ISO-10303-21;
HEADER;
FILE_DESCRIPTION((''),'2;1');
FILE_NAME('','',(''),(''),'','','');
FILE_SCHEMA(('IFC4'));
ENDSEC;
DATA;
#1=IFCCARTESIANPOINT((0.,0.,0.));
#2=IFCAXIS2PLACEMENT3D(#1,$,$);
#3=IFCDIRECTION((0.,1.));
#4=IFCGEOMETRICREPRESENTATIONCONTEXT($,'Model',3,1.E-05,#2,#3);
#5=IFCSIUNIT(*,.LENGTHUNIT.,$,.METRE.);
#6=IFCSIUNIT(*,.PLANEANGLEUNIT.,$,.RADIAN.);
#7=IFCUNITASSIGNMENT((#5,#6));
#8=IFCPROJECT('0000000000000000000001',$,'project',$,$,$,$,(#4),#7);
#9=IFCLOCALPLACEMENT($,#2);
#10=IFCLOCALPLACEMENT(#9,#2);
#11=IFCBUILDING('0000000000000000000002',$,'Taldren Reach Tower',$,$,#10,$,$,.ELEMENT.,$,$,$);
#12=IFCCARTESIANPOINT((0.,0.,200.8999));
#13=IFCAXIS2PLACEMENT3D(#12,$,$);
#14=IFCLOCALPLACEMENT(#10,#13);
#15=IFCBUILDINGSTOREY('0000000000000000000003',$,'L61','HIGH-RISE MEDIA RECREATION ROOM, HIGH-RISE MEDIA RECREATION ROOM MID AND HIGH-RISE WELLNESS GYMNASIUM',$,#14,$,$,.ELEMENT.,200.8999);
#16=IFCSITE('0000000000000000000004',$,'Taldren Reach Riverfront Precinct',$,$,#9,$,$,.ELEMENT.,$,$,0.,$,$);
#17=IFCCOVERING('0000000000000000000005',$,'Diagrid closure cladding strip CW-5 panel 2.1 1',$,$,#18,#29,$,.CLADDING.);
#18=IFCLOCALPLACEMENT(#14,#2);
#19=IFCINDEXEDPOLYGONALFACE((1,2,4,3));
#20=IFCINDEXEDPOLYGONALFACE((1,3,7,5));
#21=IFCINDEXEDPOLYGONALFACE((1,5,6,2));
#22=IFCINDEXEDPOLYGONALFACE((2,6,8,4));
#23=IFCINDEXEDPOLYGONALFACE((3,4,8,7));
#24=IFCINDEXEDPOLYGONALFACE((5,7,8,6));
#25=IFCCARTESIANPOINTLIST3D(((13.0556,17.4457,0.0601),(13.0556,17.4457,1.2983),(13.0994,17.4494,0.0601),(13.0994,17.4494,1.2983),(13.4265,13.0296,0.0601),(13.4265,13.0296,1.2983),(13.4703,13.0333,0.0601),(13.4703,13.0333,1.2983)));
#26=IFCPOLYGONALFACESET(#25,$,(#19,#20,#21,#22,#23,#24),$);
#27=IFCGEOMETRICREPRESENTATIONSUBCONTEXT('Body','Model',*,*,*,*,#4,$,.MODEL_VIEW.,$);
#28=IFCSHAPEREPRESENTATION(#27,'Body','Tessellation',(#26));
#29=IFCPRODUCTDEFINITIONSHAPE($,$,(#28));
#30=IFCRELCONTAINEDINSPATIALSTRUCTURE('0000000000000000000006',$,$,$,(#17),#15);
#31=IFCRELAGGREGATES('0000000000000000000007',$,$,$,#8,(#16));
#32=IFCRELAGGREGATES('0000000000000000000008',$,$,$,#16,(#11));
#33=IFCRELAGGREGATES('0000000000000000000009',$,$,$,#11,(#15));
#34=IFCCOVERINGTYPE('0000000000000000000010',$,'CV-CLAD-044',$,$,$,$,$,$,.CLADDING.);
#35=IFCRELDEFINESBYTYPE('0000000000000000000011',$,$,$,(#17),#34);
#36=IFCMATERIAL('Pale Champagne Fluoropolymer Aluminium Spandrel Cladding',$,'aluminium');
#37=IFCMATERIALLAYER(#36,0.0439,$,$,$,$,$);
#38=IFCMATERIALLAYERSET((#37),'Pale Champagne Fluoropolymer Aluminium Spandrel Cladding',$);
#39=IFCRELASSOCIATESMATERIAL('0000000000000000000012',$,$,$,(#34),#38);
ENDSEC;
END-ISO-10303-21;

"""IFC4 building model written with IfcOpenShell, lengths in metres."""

from ifc_helpers import new_model, si_unit, direction, frame, origin, origin_2d, place, context, subcontext, project, spatial, rectangle, extrude, source, transform, mapped, material, layer, layer_set, type_object, element, save


model = new_model("IFC4")

# Units and contexts
model_context = context("Model", 3, precision=1e-05, world=origin(), true_north=direction((0.0, 1.0)))
body_context = subcontext(model_context, "Body", "Model", "MODEL_VIEW")
ifc_project = project(units=[si_unit("LENGTHUNIT", "METRE"), si_unit("PLANEANGLEUNIT", "RADIAN")], contexts=[model_context])

# Site, building, storey
site_placement = place(None, origin())
site = spatial("IfcSite", under=ifc_project, at=site_placement, Name="Taldren Reach Riverfront Precinct", CompositionType="ELEMENT", RefElevation=0.0)
building_placement = place(site_placement, origin())
building = spatial("IfcBuilding", under=site, at=building_placement, Name="Taldren Reach Tower", CompositionType="ELEMENT")
storey_placement = place(building_placement, frame((0.0, 0.0, 200.8999)))
storey = spatial("IfcBuildingStorey", under=building, at=storey_placement, Name="L61", Description="HIGH-RISE MEDIA RECREATION ROOM, HIGH-RISE MEDIA RECREATION ROOM MID AND HIGH-RISE WELLNESS GYMNASIUM", CompositionType="ELEMENT", Elevation=200.8999)

# Covering
ifc_material_1 = material(Name="Pale Champagne Fluoropolymer Aluminium Spandrel Cladding", Category="aluminium")
ifc_layer_1 = layer(ifc_material_1, 0.0439)
ifc_layer_set_1 = layer_set([ifc_layer_1], Name="Pale Champagne Fluoropolymer Aluminium Spandrel Cladding")
covering_type = type_object("IfcCoveringType", Name="CV-CLAD-044", PredefinedType="CLADDING", material=ifc_layer_set_1)
shared_shape_1 = source(origin(), body_context, "Body", "SweptSolid", [
    extrude(rectangle(XDim=4.4316, YDim=0.0439, at=origin_2d()), origin(), (0.0, 0.0, 1.0), 1.2383),
])
for number, where, z_axis, x_axis, name in (
    (1, (13.2629, 15.2395, 0.0601), (0.0, 0.0, 1.0), (0.083678, -0.996493, 0.0), "Diagrid closure cladding strip CW-5 panel 2.1 1"),
):
    element("IfcCovering", number, at=place(storey_placement, frame(where, z_axis=z_axis, x_axis=x_axis)), inside=storey, type_object=covering_type, Name=name, PredefinedType="CLADDING", context=body_context, shape_type="MappedRepresentation", body=[
        mapped(shared_shape_1, transform((0.0, 0.0, 0.0), scale=1.0)),
    ])

save(model, "model.ifc")
